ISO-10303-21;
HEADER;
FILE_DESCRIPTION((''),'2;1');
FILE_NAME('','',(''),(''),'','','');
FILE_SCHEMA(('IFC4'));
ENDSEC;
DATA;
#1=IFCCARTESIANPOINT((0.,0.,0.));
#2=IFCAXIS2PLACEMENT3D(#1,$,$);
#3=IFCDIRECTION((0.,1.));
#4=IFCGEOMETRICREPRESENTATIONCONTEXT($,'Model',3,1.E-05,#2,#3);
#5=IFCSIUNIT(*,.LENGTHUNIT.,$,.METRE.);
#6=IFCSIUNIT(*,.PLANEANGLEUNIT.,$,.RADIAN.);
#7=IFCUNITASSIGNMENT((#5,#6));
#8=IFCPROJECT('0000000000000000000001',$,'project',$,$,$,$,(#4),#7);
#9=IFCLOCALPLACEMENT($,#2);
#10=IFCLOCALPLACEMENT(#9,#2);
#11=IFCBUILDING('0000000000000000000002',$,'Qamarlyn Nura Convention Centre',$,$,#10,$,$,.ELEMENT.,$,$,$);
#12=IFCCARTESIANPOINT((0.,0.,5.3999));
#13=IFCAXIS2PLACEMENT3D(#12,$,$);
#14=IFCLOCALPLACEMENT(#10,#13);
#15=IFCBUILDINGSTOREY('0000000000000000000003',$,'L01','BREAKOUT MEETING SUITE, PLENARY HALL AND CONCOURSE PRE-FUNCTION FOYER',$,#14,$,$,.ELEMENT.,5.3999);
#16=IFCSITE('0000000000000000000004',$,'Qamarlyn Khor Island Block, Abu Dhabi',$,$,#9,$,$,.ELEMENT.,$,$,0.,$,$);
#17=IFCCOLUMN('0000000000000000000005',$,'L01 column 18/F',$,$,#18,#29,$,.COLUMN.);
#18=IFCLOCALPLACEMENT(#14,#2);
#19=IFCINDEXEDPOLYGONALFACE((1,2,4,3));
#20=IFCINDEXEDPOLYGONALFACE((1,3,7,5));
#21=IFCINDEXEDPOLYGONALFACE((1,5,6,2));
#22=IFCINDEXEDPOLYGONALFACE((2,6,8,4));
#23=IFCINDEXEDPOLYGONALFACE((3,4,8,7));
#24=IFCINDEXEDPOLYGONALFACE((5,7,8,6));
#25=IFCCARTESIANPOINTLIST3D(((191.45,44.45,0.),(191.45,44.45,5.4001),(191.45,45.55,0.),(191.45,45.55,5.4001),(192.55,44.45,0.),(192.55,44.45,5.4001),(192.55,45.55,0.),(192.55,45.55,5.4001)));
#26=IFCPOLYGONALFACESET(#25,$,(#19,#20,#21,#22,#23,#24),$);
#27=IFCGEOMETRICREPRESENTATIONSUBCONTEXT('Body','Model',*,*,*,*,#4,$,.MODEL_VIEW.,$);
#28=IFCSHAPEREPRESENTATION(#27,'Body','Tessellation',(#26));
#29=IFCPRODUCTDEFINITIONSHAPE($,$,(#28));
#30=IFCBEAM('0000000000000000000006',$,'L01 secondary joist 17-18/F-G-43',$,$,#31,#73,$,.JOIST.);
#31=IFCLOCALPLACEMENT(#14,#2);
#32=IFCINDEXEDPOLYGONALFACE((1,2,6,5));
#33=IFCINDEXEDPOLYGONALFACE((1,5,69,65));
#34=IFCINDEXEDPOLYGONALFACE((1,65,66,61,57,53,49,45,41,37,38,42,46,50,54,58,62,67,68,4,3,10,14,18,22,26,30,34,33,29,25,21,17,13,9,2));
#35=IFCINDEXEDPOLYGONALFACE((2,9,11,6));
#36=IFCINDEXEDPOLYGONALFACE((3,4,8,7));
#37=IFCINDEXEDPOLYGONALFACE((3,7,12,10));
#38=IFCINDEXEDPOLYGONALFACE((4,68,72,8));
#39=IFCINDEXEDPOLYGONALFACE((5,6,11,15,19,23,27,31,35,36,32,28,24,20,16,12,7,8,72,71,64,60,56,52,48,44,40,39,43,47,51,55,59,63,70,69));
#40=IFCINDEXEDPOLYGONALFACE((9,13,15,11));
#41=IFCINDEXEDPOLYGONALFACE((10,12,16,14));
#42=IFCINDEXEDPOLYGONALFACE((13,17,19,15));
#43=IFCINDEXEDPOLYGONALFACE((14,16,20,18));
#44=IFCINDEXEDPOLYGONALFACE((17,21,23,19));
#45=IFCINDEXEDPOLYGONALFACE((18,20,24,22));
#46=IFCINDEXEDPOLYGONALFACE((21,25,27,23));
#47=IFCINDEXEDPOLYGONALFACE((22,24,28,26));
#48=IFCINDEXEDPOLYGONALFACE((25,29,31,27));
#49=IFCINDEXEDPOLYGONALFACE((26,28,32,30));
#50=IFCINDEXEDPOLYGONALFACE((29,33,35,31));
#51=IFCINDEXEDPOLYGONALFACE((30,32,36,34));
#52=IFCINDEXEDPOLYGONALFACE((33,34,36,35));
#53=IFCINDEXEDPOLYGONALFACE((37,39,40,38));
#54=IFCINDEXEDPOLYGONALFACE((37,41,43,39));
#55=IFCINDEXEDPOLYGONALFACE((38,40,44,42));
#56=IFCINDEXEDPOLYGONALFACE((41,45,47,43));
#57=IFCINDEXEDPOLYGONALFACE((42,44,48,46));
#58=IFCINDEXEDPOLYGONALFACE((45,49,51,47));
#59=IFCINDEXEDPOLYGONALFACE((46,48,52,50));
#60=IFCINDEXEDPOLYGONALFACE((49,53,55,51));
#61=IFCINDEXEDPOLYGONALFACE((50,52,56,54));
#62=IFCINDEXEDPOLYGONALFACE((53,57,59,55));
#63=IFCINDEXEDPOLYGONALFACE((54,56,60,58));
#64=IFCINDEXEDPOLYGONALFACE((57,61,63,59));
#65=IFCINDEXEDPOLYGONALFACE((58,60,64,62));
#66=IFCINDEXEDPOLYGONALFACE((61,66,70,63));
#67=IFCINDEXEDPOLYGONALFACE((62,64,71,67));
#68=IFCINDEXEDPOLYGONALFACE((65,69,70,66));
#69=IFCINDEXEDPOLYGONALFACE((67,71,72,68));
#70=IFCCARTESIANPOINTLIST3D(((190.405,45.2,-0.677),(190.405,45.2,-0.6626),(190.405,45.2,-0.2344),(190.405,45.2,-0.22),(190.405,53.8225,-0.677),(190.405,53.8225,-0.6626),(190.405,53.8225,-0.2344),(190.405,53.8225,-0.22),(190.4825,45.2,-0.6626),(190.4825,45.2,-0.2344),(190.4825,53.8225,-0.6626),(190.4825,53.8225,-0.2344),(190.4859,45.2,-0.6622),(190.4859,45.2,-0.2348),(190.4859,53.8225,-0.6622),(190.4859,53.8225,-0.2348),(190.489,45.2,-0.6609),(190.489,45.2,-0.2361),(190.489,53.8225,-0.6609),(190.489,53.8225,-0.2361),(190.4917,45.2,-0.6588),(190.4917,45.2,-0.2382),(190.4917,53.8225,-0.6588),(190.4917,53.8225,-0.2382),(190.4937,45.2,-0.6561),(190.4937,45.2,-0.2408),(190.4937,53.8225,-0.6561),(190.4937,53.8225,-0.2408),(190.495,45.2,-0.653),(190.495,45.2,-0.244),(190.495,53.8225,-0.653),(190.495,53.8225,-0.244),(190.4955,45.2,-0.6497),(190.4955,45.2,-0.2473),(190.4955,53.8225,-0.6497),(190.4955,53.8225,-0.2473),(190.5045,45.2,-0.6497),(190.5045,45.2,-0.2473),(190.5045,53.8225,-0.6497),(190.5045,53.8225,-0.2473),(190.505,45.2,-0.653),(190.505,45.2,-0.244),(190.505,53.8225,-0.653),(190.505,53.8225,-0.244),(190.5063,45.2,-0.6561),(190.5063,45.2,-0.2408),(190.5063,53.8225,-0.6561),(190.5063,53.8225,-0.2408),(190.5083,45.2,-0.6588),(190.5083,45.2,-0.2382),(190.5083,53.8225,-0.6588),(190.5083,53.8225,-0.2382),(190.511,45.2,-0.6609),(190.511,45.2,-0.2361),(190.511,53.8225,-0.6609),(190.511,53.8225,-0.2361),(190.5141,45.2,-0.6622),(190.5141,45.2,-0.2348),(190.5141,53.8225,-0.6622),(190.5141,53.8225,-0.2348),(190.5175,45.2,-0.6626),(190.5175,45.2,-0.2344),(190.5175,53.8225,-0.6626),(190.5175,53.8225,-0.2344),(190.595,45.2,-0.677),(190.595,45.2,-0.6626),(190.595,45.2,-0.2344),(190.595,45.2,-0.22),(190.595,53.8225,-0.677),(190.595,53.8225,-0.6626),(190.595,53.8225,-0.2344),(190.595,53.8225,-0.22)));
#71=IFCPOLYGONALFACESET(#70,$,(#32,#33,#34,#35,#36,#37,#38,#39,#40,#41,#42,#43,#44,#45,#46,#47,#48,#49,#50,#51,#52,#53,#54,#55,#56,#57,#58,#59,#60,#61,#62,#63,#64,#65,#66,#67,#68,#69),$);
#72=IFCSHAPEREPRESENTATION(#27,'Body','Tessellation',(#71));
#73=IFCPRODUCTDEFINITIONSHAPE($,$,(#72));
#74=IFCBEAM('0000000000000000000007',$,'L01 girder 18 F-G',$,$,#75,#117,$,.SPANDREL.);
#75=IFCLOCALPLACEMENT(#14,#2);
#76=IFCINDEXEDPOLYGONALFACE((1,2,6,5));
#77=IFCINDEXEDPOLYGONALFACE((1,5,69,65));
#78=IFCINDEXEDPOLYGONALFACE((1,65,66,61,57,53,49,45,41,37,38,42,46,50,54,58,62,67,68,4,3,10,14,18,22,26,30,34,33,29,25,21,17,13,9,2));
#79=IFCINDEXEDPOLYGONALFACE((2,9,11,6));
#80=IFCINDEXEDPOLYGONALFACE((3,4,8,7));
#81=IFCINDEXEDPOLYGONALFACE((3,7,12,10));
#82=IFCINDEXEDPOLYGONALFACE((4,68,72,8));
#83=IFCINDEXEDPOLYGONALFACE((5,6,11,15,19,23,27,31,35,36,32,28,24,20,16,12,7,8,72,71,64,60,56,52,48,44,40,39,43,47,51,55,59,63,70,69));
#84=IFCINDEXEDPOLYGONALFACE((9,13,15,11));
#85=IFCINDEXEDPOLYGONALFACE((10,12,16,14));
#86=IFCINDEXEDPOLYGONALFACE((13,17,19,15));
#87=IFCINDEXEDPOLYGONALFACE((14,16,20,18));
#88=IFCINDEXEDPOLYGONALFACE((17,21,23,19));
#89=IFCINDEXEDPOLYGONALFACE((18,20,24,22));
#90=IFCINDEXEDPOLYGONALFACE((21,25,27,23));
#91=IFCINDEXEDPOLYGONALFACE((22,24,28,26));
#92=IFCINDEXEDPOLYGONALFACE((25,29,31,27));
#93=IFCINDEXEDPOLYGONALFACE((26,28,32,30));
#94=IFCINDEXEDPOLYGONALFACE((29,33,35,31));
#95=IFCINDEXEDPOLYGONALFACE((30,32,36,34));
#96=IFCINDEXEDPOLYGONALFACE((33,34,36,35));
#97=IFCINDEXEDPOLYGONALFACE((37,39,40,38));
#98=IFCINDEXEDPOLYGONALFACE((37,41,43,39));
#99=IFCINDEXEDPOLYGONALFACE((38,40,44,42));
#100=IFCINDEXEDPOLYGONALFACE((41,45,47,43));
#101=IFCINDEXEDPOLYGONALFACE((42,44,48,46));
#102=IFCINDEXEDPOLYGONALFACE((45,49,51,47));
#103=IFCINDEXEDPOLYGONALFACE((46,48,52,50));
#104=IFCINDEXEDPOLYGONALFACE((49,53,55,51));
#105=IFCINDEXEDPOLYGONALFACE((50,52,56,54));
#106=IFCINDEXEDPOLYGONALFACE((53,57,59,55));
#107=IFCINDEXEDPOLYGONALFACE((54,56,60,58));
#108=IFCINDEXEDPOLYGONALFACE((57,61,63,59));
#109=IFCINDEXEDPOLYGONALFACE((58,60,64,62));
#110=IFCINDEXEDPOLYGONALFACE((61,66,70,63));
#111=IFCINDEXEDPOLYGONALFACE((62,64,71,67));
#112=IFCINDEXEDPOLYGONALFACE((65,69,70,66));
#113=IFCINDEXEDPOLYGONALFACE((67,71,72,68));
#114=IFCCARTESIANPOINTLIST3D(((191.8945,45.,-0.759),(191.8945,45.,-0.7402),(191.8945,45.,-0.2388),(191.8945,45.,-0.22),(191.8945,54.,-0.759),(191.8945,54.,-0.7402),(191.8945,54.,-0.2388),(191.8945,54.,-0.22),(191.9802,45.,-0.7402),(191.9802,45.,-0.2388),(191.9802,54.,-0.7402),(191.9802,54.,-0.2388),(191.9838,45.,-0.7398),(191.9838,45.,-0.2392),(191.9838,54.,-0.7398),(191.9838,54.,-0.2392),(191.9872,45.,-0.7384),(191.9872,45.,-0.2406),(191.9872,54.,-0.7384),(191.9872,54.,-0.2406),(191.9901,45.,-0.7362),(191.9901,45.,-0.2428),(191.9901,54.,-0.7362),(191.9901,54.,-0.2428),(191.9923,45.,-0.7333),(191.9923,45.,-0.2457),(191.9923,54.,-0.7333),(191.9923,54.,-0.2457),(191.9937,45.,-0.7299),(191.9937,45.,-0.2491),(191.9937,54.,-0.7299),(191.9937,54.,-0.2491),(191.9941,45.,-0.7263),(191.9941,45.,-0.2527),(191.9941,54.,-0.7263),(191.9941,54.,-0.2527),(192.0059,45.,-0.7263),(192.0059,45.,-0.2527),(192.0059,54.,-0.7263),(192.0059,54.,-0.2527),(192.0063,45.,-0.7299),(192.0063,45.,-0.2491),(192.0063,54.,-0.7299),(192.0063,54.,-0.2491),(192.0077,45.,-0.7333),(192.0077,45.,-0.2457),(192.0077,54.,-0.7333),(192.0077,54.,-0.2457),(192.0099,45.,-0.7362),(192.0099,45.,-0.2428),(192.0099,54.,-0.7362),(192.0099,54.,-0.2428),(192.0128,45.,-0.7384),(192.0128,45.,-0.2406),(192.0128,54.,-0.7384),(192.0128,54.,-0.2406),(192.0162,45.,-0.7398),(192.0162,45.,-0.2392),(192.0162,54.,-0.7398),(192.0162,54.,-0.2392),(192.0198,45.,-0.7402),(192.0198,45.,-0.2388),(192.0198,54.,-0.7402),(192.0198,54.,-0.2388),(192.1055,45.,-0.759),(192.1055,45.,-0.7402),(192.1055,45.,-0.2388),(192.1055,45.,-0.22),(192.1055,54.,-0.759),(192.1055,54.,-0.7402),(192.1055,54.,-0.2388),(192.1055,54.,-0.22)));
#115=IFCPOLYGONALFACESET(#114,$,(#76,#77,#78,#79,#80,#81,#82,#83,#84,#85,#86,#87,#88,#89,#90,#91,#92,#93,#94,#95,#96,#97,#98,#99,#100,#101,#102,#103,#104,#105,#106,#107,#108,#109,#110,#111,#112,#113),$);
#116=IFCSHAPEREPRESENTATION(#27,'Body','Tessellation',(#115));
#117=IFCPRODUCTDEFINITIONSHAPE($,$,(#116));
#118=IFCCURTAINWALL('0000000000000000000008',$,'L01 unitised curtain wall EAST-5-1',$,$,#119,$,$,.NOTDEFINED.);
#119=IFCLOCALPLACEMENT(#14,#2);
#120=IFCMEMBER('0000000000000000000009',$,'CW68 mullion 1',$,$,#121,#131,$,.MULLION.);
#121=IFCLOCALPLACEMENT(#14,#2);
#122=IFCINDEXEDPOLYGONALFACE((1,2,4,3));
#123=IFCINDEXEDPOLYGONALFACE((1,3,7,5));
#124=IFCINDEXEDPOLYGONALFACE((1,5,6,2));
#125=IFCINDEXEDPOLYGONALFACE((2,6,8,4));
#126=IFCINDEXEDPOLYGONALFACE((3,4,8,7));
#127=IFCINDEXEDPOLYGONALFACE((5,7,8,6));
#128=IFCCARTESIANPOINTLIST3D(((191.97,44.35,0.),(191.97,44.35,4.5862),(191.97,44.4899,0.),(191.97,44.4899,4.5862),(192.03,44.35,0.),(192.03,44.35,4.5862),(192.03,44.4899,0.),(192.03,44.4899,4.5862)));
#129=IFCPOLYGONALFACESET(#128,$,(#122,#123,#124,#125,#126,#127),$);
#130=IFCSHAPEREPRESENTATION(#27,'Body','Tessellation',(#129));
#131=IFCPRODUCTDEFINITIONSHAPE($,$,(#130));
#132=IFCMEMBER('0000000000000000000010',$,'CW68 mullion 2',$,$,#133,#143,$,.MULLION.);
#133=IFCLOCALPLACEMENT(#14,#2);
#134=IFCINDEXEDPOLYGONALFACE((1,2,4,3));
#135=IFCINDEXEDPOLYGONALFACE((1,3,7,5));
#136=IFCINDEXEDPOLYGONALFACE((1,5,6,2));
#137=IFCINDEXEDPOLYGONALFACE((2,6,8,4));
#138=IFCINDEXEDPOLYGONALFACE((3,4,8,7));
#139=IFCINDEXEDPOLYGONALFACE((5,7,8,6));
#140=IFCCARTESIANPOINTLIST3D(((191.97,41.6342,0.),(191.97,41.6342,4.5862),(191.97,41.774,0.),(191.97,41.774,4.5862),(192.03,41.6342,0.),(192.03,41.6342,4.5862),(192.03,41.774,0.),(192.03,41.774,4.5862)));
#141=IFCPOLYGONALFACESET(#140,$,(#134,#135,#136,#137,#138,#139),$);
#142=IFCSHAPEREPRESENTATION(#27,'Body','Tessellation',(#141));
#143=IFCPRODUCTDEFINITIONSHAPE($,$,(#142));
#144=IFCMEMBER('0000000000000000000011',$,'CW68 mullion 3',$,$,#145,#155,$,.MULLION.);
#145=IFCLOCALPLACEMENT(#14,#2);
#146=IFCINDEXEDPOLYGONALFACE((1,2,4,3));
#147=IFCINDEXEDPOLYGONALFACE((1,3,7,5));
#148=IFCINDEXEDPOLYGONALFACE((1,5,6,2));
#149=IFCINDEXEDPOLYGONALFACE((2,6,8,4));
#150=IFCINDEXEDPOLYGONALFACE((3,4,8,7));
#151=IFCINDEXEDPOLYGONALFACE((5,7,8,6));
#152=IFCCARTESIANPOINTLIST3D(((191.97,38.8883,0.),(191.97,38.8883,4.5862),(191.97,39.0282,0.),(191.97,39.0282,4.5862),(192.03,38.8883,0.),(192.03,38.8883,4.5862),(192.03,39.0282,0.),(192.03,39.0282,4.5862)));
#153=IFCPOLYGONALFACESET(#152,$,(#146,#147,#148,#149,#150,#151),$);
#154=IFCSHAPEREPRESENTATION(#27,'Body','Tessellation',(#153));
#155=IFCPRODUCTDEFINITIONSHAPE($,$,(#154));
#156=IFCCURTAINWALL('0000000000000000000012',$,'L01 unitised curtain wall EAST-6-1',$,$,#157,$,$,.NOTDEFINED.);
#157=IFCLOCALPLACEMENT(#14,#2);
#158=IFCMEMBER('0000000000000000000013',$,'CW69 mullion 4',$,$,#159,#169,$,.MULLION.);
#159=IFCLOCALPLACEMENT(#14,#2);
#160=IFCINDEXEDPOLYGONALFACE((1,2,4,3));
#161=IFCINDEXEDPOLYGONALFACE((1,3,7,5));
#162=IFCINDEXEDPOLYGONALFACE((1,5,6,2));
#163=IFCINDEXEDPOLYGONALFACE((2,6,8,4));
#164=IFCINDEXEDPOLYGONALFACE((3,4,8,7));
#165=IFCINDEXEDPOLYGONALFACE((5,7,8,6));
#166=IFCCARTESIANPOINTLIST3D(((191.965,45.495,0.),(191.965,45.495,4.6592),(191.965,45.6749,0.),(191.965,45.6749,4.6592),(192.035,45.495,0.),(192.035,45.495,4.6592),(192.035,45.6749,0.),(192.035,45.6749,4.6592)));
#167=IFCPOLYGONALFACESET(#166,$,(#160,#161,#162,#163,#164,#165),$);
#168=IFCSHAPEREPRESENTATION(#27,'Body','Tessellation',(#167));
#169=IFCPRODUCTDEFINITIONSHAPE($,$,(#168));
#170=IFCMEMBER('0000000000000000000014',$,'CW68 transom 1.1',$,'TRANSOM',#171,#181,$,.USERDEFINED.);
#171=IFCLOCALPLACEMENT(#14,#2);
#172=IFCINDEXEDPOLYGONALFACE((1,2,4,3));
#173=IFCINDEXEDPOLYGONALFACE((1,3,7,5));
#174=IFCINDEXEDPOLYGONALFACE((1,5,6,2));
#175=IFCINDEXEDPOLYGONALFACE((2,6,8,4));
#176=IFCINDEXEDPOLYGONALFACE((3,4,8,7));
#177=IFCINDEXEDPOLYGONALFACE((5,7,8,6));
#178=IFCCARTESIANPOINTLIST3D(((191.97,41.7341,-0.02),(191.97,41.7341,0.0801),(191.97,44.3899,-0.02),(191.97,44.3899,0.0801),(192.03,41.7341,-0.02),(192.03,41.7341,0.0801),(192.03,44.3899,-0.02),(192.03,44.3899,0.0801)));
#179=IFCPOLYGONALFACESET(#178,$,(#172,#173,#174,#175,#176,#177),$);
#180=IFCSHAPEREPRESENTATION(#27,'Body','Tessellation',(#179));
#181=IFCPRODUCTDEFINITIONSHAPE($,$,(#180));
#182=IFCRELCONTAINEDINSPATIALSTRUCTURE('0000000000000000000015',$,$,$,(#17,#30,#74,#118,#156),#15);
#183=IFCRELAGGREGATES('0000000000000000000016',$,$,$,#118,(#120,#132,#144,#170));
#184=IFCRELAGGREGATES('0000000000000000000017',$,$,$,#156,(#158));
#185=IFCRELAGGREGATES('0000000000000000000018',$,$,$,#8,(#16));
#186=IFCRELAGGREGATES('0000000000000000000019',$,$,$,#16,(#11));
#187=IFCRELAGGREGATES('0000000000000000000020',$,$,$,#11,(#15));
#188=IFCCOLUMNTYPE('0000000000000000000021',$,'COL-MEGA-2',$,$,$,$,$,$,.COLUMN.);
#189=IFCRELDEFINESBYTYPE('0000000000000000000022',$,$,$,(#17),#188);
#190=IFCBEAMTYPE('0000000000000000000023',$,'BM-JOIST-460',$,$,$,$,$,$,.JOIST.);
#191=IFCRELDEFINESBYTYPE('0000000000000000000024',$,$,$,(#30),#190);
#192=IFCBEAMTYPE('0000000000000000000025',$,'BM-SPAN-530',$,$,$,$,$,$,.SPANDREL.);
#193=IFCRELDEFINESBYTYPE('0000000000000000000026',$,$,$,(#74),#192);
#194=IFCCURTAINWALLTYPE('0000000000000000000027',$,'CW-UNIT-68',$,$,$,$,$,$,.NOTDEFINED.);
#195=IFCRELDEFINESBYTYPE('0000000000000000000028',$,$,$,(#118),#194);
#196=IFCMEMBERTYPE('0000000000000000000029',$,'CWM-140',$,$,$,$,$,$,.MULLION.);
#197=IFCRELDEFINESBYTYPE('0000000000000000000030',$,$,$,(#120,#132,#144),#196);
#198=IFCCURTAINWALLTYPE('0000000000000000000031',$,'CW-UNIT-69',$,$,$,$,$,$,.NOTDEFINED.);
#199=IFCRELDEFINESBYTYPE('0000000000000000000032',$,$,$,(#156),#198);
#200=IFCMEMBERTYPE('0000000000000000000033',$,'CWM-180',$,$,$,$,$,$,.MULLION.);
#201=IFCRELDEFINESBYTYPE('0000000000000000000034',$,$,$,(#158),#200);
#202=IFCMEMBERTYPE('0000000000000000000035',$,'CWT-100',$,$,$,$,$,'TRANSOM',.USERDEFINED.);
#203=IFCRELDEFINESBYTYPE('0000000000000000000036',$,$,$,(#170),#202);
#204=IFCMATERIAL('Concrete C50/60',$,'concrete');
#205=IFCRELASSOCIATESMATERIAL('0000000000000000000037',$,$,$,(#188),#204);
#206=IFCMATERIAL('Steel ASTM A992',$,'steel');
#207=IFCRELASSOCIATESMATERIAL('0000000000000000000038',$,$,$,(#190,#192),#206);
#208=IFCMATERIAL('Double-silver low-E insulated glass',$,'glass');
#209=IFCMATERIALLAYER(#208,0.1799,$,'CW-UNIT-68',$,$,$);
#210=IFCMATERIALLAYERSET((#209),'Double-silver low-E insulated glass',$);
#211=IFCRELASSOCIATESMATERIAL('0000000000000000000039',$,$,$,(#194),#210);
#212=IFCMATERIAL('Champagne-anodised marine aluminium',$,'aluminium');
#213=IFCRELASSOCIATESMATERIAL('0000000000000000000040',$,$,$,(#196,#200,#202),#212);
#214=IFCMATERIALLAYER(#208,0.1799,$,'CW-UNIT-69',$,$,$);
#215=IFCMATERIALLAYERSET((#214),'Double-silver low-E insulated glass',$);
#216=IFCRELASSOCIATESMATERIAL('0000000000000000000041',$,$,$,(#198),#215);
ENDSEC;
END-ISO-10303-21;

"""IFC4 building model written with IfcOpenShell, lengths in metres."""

from ifc_helpers import new_model, si_unit, direction, frame, origin, origin_2d, place, context, subcontext, project, spatial, rectangle, i_section, extrude, material, layer, layer_set, material_profile, profile_set, type_object, element, aggregate, save


model = new_model("IFC4")

# Units and contexts
model_context = context("Model", 3, precision=1e-05, world=origin(), true_north=direction((0.0, 1.0)))
body_context = subcontext(model_context, "Body", "Model", "MODEL_VIEW")
ifc_project = project(units=[si_unit("LENGTHUNIT", "METRE"), si_unit("PLANEANGLEUNIT", "RADIAN")], contexts=[model_context])

# Site, building, storey
site_placement = place(None, origin())
site = spatial("IfcSite", under=ifc_project, at=site_placement, Name="Qamarlyn Khor Island Block, Abu Dhabi", CompositionType="ELEMENT", RefElevation=0.0)
building_placement = place(site_placement, origin())
building = spatial("IfcBuilding", under=site, at=building_placement, Name="Qamarlyn Nura Convention Centre", CompositionType="ELEMENT")
storey_placement = place(building_placement, frame((0.0, 0.0, 5.3999)))
storey = spatial("IfcBuildingStorey", under=building, at=storey_placement, Name="L01", Description="BREAKOUT MEETING SUITE, PLENARY HALL AND CONCOURSE PRE-FUNCTION FOYER", CompositionType="ELEMENT", Elevation=5.3999)

# Column
ifc_material_1 = material(Name="Concrete C50/60", Category="concrete")
ifc_material_profile_1 = material_profile(ifc_material_1, rectangle(XDim=1.1001, YDim=1.1001, at=origin_2d()), Name="RC 1100x1100")
ifc_profile_set_1 = profile_set([ifc_material_profile_1], Name="Concrete C50/60")
column_type = type_object("IfcColumnType", Name="COL-MEGA-2", PredefinedType="COLUMN", material=ifc_profile_set_1)
column_placement = place(storey_placement, frame((192.0, 45.0, 0.0), z_axis=(0.0, 0.0, 1.0), x_axis=(1.0, 0.0, 0.0)))
element("IfcColumn", 1, at=column_placement, inside=storey, type_object=column_type, Name="L01 column 18/F", PredefinedType="COLUMN", context=body_context, shape_type="SweptSolid", body=[
    extrude(rectangle(XDim=1.1001, YDim=1.1001, at=origin_2d()), origin(), (0.0, 0.0, 1.0), 5.4001),
])

# Beams
ifc_material_2 = material(Name="Steel ASTM A992", Category="steel")
ifc_material_profile_2 = material_profile(ifc_material_2, i_section(OverallWidth=0.1899, OverallDepth=0.457, WebThickness=0.009, FlangeThickness=0.0144, FilletRadius=0.0129, at=origin_2d()), Name="W460X74")
ifc_profile_set_2 = profile_set([ifc_material_profile_2], Name="Steel ASTM A992")
beam_type_1 = type_object("IfcBeamType", Name="BM-JOIST-460", PredefinedType="JOIST", material=ifc_profile_set_2)
beam_1_placement = place(storey_placement, frame((190.5, 45.2, -0.4485), z_axis=(0.0, 1.0, 0.0), x_axis=(-1.0, 0.0, 0.0)))
element("IfcBeam", 2, at=beam_1_placement, inside=storey, type_object=beam_type_1, Name="L01 secondary joist 17-18/F-G-43", PredefinedType="JOIST", context=body_context, shape_type="SweptSolid", body=[
    extrude(i_section(OverallWidth=0.1899, OverallDepth=0.457, WebThickness=0.009, FlangeThickness=0.0144, FilletRadius=0.0129, at=origin_2d()), origin(), (0.0, 0.0, 1.0), 8.6226),
])
ifc_material_profile_3 = material_profile(ifc_material_2, i_section(OverallWidth=0.2109, OverallDepth=0.5391, WebThickness=0.0117, FlangeThickness=0.0188, FilletRadius=0.0139, at=origin_2d()), Name="W530X109")
ifc_profile_set_3 = profile_set([ifc_material_profile_3], Name="Steel ASTM A992")
beam_type_2 = type_object("IfcBeamType", Name="BM-SPAN-530", PredefinedType="SPANDREL", material=ifc_profile_set_3)
beam_2_placement = place(storey_placement, frame((192.0, 45.0, -0.4895), z_axis=(0.0, 1.0, 0.0), x_axis=(-1.0, 0.0, 0.0)))
element("IfcBeam", 3, at=beam_2_placement, inside=storey, type_object=beam_type_2, Name="L01 girder 18 F-G", PredefinedType="SPANDREL", context=body_context, shape_type="SweptSolid", body=[
    extrude(i_section(OverallWidth=0.2109, OverallDepth=0.5391, WebThickness=0.0117, FlangeThickness=0.0188, FilletRadius=0.0139, at=origin_2d()), origin(), (0.0, 0.0, 1.0), 9.0),
])

# Curtain wall, members
ifc_material_3 = material(Name="Double-silver low-E insulated glass", Category="glass")
ifc_layer_1 = layer(ifc_material_3, 0.1799, Name="CW-UNIT-68")
ifc_layer_set_1 = layer_set([ifc_layer_1], Name="Double-silver low-E insulated glass")
curtain_wall_type_1 = type_object("IfcCurtainWallType", Name="CW-UNIT-68", PredefinedType="NOTDEFINED", material=ifc_layer_set_1)
curtain_wall_1_placement = place(storey_placement, origin())
curtain_wall_1 = element("IfcCurtainWall", 4, at=curtain_wall_1_placement, inside=storey, type_object=curtain_wall_type_1, Name="L01 unitised curtain wall EAST-5-1", PredefinedType="NOTDEFINED")
ifc_material_4 = material(Name="Champagne-anodised marine aluminium", Category="aluminium")
ifc_material_profile_4 = material_profile(ifc_material_4, rectangle(XDim=0.0601, YDim=0.1399, at=origin_2d()), Name="ALU MULLION 60x140")
ifc_profile_set_4 = profile_set([ifc_material_profile_4], Name="Champagne-anodised marine aluminium")
member_type_1 = type_object("IfcMemberType", Name="CWM-140", PredefinedType="MULLION", material=ifc_profile_set_4)
member_1_placement = place(storey_placement, frame((192.0, 44.4199, 0.0), z_axis=(0.0, 0.0, 1.0), x_axis=(1.0, 0.0, 0.0)))
member_1 = element("IfcMember", 5, at=member_1_placement, type_object=member_type_1, Name="CW68 mullion 1", PredefinedType="MULLION", context=body_context, shape_type="SweptSolid", body=[
    extrude(rectangle(XDim=0.0601, YDim=0.1399, at=origin_2d()), origin(), (0.0, 0.0, 1.0), 4.5862),
])
member_2_placement = place(storey_placement, frame((192.0, 41.7041, 0.0), z_axis=(0.0, 0.0, 1.0), x_axis=(1.0, 0.0, 0.0)))
member_2 = element("IfcMember", 6, at=member_2_placement, type_object=member_type_1, Name="CW68 mullion 2", PredefinedType="MULLION", context=body_context, shape_type="SweptSolid", body=[
    extrude(rectangle(XDim=0.0601, YDim=0.1399, at=origin_2d()), origin(), (0.0, 0.0, 1.0), 4.5862),
])
member_3_placement = place(storey_placement, frame((192.0, 38.9583, 0.0), z_axis=(0.0, 0.0, 1.0), x_axis=(1.0, 0.0, 0.0)))
member_3 = element("IfcMember", 7, at=member_3_placement, type_object=member_type_1, Name="CW68 mullion 3", PredefinedType="MULLION", context=body_context, shape_type="SweptSolid", body=[
    extrude(rectangle(XDim=0.0601, YDim=0.1399, at=origin_2d()), origin(), (0.0, 0.0, 1.0), 4.5862),
])

# Curtain wall, member
ifc_layer_2 = layer(ifc_material_3, 0.1799, Name="CW-UNIT-69")
ifc_layer_set_2 = layer_set([ifc_layer_2], Name="Double-silver low-E insulated glass")
curtain_wall_type_2 = type_object("IfcCurtainWallType", Name="CW-UNIT-69", PredefinedType="NOTDEFINED", material=ifc_layer_set_2)
curtain_wall_2_placement = place(storey_placement, origin())
curtain_wall_2 = element("IfcCurtainWall", 8, at=curtain_wall_2_placement, inside=storey, type_object=curtain_wall_type_2, Name="L01 unitised curtain wall EAST-6-1", PredefinedType="NOTDEFINED")
ifc_material_profile_5 = material_profile(ifc_material_4, rectangle(XDim=0.0701, YDim=0.1799, at=origin_2d()), Name="ALU MULLION 70x180")
ifc_profile_set_5 = profile_set([ifc_material_profile_5], Name="Champagne-anodised marine aluminium")
member_type_2 = type_object("IfcMemberType", Name="CWM-180", PredefinedType="MULLION", material=ifc_profile_set_5)
member_4_placement = place(storey_placement, frame((192.0, 45.585, 0.0), z_axis=(0.0, 0.0, 1.0), x_axis=(1.0, 0.0, 0.0)))
member_4 = element("IfcMember", 9, at=member_4_placement, type_object=member_type_2, Name="CW69 mullion 4", PredefinedType="MULLION", context=body_context, shape_type="SweptSolid", body=[
    extrude(rectangle(XDim=0.0701, YDim=0.1799, at=origin_2d()), origin(), (0.0, 0.0, 1.0), 4.6592),
])

# Member
ifc_material_profile_6 = material_profile(ifc_material_4, rectangle(XDim=0.0601, YDim=0.1001, at=origin_2d()), Name="ALU TRANSOM 60x100")
ifc_profile_set_6 = profile_set([ifc_material_profile_6], Name="Champagne-anodised marine aluminium")
member_type_3 = type_object("IfcMemberType", Name="CWT-100", ElementType="TRANSOM", PredefinedType="USERDEFINED", material=ifc_profile_set_6)
member_5_placement = place(storey_placement, frame((192.0, 44.3899, 0.03), z_axis=(0.0, -1.0, 0.0), x_axis=(1.0, 0.0, 0.0)))
member_5 = element("IfcMember", 10, at=member_5_placement, type_object=member_type_3, Name="CW68 transom 1.1", ObjectType="TRANSOM", PredefinedType="USERDEFINED", context=body_context, shape_type="SweptSolid", body=[
    extrude(rectangle(XDim=0.0601, YDim=0.1001, at=origin_2d()), origin(), (0.0, 0.0, 1.0), 2.6558),
])

aggregate(curtain_wall_1, [member_1, member_2, member_3, member_5])
aggregate(curtain_wall_2, [member_4])

save(model, "model.ifc")
